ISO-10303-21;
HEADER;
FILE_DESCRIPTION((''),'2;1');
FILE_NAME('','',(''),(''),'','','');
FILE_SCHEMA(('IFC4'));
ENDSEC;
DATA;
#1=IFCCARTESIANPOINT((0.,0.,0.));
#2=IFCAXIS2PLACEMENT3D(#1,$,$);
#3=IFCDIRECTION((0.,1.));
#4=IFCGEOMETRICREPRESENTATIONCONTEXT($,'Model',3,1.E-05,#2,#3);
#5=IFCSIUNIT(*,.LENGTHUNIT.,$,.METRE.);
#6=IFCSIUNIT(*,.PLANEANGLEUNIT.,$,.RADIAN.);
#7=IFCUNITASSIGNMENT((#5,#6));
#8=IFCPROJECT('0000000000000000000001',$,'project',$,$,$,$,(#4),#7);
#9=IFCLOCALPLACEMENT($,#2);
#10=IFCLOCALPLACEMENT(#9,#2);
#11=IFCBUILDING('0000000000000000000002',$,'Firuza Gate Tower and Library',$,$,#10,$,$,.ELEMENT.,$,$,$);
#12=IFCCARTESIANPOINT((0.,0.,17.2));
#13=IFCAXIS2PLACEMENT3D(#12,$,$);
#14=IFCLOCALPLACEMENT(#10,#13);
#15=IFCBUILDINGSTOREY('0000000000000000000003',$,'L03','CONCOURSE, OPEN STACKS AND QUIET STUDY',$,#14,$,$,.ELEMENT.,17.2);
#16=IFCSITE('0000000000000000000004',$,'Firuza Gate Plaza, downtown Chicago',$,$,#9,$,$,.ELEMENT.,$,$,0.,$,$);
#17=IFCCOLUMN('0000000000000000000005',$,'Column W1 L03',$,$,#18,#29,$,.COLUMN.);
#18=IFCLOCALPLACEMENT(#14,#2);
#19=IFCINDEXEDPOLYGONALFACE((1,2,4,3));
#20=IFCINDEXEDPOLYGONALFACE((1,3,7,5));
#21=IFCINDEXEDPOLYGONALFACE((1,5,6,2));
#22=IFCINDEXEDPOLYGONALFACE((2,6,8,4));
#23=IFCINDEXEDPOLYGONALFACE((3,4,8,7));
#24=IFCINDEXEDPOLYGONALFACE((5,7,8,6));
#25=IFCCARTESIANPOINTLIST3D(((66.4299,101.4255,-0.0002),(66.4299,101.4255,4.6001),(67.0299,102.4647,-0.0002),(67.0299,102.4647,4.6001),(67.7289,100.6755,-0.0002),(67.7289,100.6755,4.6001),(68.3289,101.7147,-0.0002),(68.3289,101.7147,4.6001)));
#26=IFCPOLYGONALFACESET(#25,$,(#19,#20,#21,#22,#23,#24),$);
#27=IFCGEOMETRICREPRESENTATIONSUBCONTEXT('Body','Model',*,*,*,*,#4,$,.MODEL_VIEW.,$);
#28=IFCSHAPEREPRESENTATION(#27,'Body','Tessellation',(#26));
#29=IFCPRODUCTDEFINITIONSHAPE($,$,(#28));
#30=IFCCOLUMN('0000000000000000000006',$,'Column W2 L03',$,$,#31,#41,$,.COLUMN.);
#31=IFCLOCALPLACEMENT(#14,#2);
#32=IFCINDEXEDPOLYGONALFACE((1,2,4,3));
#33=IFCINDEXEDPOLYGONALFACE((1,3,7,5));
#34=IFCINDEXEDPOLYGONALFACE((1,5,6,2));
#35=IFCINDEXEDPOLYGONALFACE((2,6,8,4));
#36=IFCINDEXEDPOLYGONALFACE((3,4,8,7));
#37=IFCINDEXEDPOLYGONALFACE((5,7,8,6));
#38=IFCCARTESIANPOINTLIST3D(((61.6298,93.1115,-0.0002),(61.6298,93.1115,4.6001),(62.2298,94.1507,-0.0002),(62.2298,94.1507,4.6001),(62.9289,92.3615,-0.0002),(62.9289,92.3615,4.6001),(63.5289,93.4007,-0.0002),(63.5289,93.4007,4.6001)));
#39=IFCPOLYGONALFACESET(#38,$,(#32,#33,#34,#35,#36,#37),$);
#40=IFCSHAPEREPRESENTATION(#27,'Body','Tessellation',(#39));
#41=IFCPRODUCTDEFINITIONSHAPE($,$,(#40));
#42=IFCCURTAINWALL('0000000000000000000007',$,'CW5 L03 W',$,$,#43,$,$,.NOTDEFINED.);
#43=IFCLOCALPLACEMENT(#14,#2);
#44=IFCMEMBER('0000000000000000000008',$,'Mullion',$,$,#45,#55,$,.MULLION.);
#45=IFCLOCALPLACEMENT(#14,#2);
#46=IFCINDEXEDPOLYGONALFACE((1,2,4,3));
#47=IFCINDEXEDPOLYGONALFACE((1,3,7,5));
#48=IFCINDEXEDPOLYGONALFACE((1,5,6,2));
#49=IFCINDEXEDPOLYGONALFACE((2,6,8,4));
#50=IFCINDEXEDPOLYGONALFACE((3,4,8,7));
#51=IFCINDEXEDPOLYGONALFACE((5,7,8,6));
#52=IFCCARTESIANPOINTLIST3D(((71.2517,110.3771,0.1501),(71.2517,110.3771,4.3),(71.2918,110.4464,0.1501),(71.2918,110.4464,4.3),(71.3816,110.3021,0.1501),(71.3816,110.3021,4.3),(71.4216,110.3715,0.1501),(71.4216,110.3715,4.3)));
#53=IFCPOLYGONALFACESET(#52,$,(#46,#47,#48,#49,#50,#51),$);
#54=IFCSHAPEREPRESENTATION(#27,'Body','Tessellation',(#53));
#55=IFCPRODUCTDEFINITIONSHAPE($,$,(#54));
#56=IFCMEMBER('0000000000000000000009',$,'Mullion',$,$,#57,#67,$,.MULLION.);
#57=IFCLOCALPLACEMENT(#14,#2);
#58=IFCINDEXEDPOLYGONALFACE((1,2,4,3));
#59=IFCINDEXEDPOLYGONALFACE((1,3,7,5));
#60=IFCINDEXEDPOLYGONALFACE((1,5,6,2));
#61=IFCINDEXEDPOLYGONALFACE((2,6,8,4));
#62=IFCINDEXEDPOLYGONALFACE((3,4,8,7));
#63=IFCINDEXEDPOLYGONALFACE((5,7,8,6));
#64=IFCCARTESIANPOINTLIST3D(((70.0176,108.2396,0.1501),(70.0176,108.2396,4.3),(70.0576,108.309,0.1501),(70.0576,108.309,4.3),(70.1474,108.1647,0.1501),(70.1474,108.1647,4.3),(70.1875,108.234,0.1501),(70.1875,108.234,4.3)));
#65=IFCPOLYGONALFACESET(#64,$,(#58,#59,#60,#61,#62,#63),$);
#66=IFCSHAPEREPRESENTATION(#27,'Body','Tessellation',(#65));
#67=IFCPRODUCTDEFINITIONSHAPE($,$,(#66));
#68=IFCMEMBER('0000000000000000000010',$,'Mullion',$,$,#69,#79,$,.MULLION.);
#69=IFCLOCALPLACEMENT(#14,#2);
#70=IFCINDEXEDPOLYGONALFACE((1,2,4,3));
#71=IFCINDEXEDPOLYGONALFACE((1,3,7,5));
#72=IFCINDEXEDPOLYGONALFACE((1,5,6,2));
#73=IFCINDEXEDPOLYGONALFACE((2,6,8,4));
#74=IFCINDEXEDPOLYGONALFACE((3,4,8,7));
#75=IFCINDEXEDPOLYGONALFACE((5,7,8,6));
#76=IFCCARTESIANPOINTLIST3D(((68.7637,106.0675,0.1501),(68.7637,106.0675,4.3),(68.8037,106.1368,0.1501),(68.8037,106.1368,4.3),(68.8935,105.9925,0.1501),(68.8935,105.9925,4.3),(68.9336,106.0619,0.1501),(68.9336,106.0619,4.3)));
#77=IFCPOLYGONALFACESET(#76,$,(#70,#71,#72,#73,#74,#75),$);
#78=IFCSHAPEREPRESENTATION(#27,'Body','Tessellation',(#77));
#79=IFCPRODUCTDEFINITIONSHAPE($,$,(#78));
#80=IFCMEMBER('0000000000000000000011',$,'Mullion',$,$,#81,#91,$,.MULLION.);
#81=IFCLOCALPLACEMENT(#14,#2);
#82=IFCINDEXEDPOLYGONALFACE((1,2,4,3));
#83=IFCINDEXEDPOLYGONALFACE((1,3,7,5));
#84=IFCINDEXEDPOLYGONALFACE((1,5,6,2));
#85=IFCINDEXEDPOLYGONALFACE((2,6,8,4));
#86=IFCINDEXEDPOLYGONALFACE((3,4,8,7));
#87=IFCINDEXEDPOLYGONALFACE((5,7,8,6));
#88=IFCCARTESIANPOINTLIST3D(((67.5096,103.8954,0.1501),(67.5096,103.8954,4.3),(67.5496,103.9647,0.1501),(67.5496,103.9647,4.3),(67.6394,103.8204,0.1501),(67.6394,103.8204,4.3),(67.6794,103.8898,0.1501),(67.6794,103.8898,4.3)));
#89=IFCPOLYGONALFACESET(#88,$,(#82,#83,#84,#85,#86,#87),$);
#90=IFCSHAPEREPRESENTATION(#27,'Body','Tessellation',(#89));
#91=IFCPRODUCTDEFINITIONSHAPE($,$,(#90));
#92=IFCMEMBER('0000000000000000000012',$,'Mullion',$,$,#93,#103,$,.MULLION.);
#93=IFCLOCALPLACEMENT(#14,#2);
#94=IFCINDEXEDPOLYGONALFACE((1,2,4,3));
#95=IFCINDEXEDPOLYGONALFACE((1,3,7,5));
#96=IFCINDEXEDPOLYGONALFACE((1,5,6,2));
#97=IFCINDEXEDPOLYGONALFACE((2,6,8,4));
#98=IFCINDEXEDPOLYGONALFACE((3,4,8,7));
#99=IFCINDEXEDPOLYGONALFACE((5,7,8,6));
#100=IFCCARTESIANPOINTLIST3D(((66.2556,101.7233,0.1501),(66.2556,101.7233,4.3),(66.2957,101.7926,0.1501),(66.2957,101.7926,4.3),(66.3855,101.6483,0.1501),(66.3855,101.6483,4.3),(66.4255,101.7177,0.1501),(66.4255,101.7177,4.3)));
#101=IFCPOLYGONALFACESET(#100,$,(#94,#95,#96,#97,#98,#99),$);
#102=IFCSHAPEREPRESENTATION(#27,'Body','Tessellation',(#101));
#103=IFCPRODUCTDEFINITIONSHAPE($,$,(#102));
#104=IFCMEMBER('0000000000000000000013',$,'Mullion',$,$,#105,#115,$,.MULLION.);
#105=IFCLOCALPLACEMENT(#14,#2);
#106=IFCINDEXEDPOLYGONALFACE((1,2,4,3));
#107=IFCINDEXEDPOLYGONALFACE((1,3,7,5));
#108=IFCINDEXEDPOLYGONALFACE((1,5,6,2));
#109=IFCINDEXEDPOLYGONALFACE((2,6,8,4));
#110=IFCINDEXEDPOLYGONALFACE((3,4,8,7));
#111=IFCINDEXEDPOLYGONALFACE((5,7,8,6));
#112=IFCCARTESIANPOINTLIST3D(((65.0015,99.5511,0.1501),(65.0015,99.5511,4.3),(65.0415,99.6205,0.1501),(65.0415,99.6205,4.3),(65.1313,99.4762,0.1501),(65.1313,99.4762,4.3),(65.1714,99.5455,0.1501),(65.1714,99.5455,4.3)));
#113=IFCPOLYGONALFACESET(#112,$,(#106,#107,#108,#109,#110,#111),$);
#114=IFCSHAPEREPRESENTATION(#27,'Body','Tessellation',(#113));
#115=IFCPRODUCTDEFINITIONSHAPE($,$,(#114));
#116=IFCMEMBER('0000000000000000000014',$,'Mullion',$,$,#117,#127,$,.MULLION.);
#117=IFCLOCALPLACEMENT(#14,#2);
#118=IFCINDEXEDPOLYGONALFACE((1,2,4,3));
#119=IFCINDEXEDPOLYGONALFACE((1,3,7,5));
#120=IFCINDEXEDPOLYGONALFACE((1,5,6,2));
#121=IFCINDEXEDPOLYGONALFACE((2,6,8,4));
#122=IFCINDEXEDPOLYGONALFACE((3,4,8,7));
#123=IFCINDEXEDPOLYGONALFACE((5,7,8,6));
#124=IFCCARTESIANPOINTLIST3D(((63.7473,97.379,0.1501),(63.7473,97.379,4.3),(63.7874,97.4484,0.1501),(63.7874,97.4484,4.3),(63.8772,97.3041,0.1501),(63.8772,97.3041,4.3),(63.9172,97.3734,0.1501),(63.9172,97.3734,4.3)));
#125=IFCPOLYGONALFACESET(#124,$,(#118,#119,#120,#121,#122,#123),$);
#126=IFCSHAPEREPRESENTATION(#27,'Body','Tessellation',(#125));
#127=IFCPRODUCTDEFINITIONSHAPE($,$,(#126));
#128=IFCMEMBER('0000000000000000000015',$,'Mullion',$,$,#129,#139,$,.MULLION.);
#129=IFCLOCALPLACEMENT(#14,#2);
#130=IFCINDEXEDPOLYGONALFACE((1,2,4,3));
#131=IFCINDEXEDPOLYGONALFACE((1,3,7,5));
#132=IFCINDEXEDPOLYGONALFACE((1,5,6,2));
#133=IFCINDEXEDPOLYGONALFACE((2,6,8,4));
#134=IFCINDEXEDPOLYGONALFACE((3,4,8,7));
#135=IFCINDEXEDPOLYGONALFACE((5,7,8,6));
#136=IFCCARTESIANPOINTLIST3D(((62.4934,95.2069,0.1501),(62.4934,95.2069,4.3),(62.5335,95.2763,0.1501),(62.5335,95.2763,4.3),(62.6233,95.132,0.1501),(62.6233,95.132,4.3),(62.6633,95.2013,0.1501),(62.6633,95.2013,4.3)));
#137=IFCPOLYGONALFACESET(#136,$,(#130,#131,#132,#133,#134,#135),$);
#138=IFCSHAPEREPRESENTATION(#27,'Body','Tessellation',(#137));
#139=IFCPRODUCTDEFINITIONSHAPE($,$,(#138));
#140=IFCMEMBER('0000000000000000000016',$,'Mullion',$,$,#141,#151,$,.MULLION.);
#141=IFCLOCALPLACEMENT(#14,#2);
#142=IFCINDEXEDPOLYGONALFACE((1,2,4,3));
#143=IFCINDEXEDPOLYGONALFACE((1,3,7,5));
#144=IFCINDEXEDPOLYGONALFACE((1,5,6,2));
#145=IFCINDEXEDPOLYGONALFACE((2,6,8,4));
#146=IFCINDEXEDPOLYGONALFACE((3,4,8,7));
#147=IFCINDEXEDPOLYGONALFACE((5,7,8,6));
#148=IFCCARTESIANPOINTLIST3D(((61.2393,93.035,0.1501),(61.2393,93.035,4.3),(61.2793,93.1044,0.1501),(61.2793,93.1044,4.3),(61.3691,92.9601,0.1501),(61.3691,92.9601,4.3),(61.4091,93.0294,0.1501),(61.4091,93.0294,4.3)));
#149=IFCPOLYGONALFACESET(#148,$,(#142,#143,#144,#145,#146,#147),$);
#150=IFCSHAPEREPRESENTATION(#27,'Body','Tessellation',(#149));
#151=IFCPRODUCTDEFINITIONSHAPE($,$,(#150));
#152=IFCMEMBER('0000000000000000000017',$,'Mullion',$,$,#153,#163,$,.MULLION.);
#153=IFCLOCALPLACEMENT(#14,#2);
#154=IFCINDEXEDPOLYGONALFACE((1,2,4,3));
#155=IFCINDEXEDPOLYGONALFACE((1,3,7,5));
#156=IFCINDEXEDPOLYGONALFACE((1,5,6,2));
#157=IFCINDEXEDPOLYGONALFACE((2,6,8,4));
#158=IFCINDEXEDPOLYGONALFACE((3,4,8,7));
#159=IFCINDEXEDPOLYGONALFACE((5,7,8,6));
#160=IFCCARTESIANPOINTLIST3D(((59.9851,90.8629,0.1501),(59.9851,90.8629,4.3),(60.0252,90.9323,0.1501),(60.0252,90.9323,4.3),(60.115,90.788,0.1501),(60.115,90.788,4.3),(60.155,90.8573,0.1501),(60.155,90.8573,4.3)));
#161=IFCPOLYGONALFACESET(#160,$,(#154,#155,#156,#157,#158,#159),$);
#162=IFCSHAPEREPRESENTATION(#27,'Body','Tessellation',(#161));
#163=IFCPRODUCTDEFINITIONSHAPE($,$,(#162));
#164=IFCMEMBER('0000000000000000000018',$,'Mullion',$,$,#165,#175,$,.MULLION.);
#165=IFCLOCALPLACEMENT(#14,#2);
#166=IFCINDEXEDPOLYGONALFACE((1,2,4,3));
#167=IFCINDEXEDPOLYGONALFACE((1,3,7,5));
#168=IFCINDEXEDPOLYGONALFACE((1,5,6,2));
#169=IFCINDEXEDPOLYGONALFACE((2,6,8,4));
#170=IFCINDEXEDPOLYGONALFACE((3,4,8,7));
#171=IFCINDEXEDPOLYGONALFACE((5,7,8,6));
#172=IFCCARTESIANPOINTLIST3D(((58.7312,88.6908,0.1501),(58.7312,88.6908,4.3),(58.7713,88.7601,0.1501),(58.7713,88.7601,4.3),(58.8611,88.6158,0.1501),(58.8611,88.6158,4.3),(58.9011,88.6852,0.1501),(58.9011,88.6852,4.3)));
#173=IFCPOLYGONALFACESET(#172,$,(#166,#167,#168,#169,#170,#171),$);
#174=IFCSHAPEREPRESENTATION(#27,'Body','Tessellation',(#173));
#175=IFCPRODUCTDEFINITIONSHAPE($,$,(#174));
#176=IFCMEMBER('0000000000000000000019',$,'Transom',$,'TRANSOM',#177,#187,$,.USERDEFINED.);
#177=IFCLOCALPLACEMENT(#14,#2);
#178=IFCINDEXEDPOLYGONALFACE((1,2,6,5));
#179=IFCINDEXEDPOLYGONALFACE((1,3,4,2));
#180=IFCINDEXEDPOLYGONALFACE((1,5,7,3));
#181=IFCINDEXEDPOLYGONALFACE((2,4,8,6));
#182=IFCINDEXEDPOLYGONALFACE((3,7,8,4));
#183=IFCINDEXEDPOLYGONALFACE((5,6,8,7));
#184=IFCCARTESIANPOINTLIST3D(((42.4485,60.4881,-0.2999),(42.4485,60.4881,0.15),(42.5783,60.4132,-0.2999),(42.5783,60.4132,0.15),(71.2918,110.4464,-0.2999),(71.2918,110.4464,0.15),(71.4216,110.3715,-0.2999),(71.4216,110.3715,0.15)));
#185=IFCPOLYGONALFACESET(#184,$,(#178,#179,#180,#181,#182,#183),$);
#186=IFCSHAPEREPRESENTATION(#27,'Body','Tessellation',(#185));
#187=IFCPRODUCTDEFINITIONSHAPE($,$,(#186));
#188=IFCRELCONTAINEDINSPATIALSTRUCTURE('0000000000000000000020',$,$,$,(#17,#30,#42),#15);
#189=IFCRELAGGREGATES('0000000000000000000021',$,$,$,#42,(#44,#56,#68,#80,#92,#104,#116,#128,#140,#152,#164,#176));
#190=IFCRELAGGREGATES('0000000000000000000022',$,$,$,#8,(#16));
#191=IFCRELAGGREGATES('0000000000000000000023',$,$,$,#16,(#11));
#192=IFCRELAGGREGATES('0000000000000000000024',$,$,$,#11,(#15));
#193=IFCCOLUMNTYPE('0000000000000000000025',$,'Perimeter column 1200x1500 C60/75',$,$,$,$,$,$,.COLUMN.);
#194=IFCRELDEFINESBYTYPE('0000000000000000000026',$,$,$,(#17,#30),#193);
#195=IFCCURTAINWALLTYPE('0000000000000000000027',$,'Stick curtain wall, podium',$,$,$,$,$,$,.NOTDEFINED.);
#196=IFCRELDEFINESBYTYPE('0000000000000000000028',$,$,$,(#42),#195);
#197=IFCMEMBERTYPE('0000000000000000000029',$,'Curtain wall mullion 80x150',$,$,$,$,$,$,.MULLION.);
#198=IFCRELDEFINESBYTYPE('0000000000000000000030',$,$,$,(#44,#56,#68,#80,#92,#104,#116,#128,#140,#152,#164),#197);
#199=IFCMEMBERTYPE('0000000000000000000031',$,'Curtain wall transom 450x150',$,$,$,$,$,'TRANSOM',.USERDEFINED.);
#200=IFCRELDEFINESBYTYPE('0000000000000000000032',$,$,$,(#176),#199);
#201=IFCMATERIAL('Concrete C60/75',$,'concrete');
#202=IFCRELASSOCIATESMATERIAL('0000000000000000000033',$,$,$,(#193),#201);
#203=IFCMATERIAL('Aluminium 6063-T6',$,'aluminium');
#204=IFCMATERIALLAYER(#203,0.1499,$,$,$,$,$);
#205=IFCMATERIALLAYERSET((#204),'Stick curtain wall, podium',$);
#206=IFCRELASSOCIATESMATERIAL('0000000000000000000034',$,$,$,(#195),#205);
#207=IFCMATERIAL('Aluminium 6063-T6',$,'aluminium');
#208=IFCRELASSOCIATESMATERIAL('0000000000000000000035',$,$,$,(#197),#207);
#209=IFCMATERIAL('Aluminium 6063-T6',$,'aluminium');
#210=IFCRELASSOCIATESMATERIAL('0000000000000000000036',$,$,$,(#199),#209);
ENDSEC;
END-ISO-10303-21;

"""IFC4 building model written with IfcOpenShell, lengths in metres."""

from ifc_helpers import new_model, si_unit, direction, frame, origin, origin_2d, place, context, subcontext, project, spatial, rectangle, extrude, material, layer, layer_set, material_profile, profile_set, type_object, element, aggregate, save


model = new_model("IFC4")

# Units and contexts
model_context = context("Model", 3, precision=1e-05, world=origin(), true_north=direction((0.0, 1.0)))
body_context = subcontext(model_context, "Body", "Model", "MODEL_VIEW")
ifc_project = project(units=[si_unit("LENGTHUNIT", "METRE"), si_unit("PLANEANGLEUNIT", "RADIAN")], contexts=[model_context])

# Site, building, storey
site_placement = place(None, origin())
site = spatial("IfcSite", under=ifc_project, at=site_placement, Name="Firuza Gate Plaza, downtown Chicago", CompositionType="ELEMENT", RefElevation=0.0)
building_placement = place(site_placement, origin())
building = spatial("IfcBuilding", under=site, at=building_placement, Name="Firuza Gate Tower and Library", CompositionType="ELEMENT")
storey_placement = place(building_placement, frame((0.0, 0.0, 17.2)))
storey = spatial("IfcBuildingStorey", under=building, at=storey_placement, Name="L03", Description="CONCOURSE, OPEN STACKS AND QUIET STUDY", CompositionType="ELEMENT", Elevation=17.2)

# Columns
ifc_material_1 = material(Name="Concrete C60/75", Category="concrete")
ifc_material_profile_1 = material_profile(ifc_material_1, rectangle(XDim=1.2, YDim=1.5, at=origin_2d()))
ifc_profile_set_1 = profile_set([ifc_material_profile_1], Name="Concrete C60/75")
column_type = type_object("IfcColumnType", Name="Perimeter column 1200x1500 C60/75", PredefinedType="COLUMN", material=ifc_profile_set_1)
for number, where, z_axis, x_axis, name in (
    (1, (67.3794, 101.5701, -0.0002), (0.0, 0.0, 1.0), (-0.5, -0.866025, 0.0), "Column W1 L03"),
    (2, (62.5793, 93.2561, -0.0002), (0.0, 0.0, 1.0), (-0.5, -0.866025, 0.0), "Column W2 L03"),
):
    element("IfcColumn", number, at=place(storey_placement, frame(where, z_axis=z_axis, x_axis=x_axis)), inside=storey, type_object=column_type, Name=name, PredefinedType="COLUMN", context=body_context, shape_type="SweptSolid", body=[
        extrude(rectangle(XDim=1.2, YDim=1.5, at=origin_2d()), origin(), (0.0, 0.0, 1.0), 4.6003),
    ])

# Curtain wall, members
ifc_material_2 = material(Name="Aluminium 6063-T6", Category="aluminium")
ifc_layer_1 = layer(ifc_material_2, 0.1499)
ifc_layer_set_1 = layer_set([ifc_layer_1], Name="Stick curtain wall, podium")
curtain_wall_type = type_object("IfcCurtainWallType", Name="Stick curtain wall, podium", PredefinedType="NOTDEFINED", material=ifc_layer_set_1)
placement = place(storey_placement, origin())
curtain_wall = element("IfcCurtainWall", 3, at=placement, inside=storey, type_object=curtain_wall_type, Name="CW5 L03 W", PredefinedType="NOTDEFINED")
ifc_material_3 = material(Name="Aluminium 6063-T6", Category="aluminium")
ifc_material_profile_2 = material_profile(ifc_material_3, rectangle(XDim=0.1499, YDim=0.0801, at=origin_2d()))
ifc_profile_set_2 = profile_set([ifc_material_profile_2], Name="Aluminium 6063-T6")
member_type_1 = type_object("IfcMemberType", Name="Curtain wall mullion 80x150", PredefinedType="MULLION", material=ifc_profile_set_2)
member_1_placement = place(storey_placement, frame((71.3367, 110.3743, 0.1501), z_axis=(0.0, 0.0, 1.0), x_axis=(0.866025, -0.5, 0.0)))
member_1 = element("IfcMember", 4, at=member_1_placement, type_object=member_type_1, Name="Mullion", PredefinedType="MULLION", context=body_context, shape_type="SweptSolid", body=[
    extrude(rectangle(XDim=0.1499, YDim=0.0801, at=origin_2d()), origin(), (0.0, 0.0, 1.0), 4.1499),
])
member_2_placement = place(storey_placement, frame((70.1025, 108.2368, 0.1501), z_axis=(0.0, 0.0, 1.0), x_axis=(0.866025, -0.5, 0.0)))
member_2 = element("IfcMember", 5, at=member_2_placement, type_object=member_type_1, Name="Mullion", PredefinedType="MULLION", context=body_context, shape_type="SweptSolid", body=[
    extrude(rectangle(XDim=0.1499, YDim=0.0801, at=origin_2d()), origin(), (0.0, 0.0, 1.0), 4.1499),
])
member_3_placement = place(storey_placement, frame((68.8486, 106.0647, 0.1501), z_axis=(0.0, 0.0, 1.0), x_axis=(0.866025, -0.5, 0.0)))
member_3 = element("IfcMember", 6, at=member_3_placement, type_object=member_type_1, Name="Mullion", PredefinedType="MULLION", context=body_context, shape_type="SweptSolid", body=[
    extrude(rectangle(XDim=0.1499, YDim=0.0801, at=origin_2d()), origin(), (0.0, 0.0, 1.0), 4.1499),
])
member_4_placement = place(storey_placement, frame((67.5945, 103.8926, 0.1501), z_axis=(0.0, 0.0, 1.0), x_axis=(0.866025, -0.5, 0.0)))
member_4 = element("IfcMember", 7, at=member_4_placement, type_object=member_type_1, Name="Mullion", PredefinedType="MULLION", context=body_context, shape_type="SweptSolid", body=[
    extrude(rectangle(XDim=0.1499, YDim=0.0801, at=origin_2d()), origin(), (0.0, 0.0, 1.0), 4.1499),
])
member_5_placement = place(storey_placement, frame((66.3406, 101.7205, 0.1501), z_axis=(0.0, 0.0, 1.0), x_axis=(0.866025, -0.5, 0.0)))
member_5 = element("IfcMember", 8, at=member_5_placement, type_object=member_type_1, Name="Mullion", PredefinedType="MULLION", context=body_context, shape_type="SweptSolid", body=[
    extrude(rectangle(XDim=0.1499, YDim=0.0801, at=origin_2d()), origin(), (0.0, 0.0, 1.0), 4.1499),
])
member_6_placement = place(storey_placement, frame((65.0864, 99.5483, 0.1501), z_axis=(0.0, 0.0, 1.0), x_axis=(0.866025, -0.5, 0.0)))
member_6 = element("IfcMember", 9, at=member_6_placement, type_object=member_type_1, Name="Mullion", PredefinedType="MULLION", context=body_context, shape_type="SweptSolid", body=[
    extrude(rectangle(XDim=0.1499, YDim=0.0801, at=origin_2d()), origin(), (0.0, 0.0, 1.0), 4.1499),
])
member_7_placement = place(storey_placement, frame((63.8323, 97.3762, 0.1501), z_axis=(0.0, 0.0, 1.0), x_axis=(0.866025, -0.5, 0.0)))
member_7 = element("IfcMember", 10, at=member_7_placement, type_object=member_type_1, Name="Mullion", PredefinedType="MULLION", context=body_context, shape_type="SweptSolid", body=[
    extrude(rectangle(XDim=0.1499, YDim=0.0801, at=origin_2d()), origin(), (0.0, 0.0, 1.0), 4.1499),
])
member_8_placement = place(storey_placement, frame((62.5784, 95.2041, 0.1501), z_axis=(0.0, 0.0, 1.0), x_axis=(0.866025, -0.5, 0.0)))
member_8 = element("IfcMember", 11, at=member_8_placement, type_object=member_type_1, Name="Mullion", PredefinedType="MULLION", context=body_context, shape_type="SweptSolid", body=[
    extrude(rectangle(XDim=0.1499, YDim=0.0801, at=origin_2d()), origin(), (0.0, 0.0, 1.0), 4.1499),
])
member_9_placement = place(storey_placement, frame((61.3242, 93.0322, 0.1501), z_axis=(0.0, 0.0, 1.0), x_axis=(0.866025, -0.5, 0.0)))
member_9 = element("IfcMember", 12, at=member_9_placement, type_object=member_type_1, Name="Mullion", PredefinedType="MULLION", context=body_context, shape_type="SweptSolid", body=[
    extrude(rectangle(XDim=0.1499, YDim=0.0801, at=origin_2d()), origin(), (0.0, 0.0, 1.0), 4.1499),
])
member_10_placement = place(storey_placement, frame((60.0701, 90.8601, 0.1501), z_axis=(0.0, 0.0, 1.0), x_axis=(0.866025, -0.5, 0.0)))
member_10 = element("IfcMember", 13, at=member_10_placement, type_object=member_type_1, Name="Mullion", PredefinedType="MULLION", context=body_context, shape_type="SweptSolid", body=[
    extrude(rectangle(XDim=0.1499, YDim=0.0801, at=origin_2d()), origin(), (0.0, 0.0, 1.0), 4.1499),
])
member_11_placement = place(storey_placement, frame((58.8162, 88.688, 0.1501), z_axis=(0.0, 0.0, 1.0), x_axis=(0.866025, -0.5, 0.0)))
member_11 = element("IfcMember", 14, at=member_11_placement, type_object=member_type_1, Name="Mullion", PredefinedType="MULLION", context=body_context, shape_type="SweptSolid", body=[
    extrude(rectangle(XDim=0.1499, YDim=0.0801, at=origin_2d()), origin(), (0.0, 0.0, 1.0), 4.1499),
])
ifc_material_4 = material(Name="Aluminium 6063-T6", Category="aluminium")
ifc_material_profile_3 = material_profile(ifc_material_4, rectangle(XDim=0.1499, YDim=0.45, at=origin_2d()))
ifc_profile_set_3 = profile_set([ifc_material_profile_3], Name="Aluminium 6063-T6")
member_type_2 = type_object("IfcMemberType", Name="Curtain wall transom 450x150", ElementType="TRANSOM", PredefinedType="USERDEFINED", material=ifc_profile_set_3)
member_12_placement = place(storey_placement, frame((71.3567, 110.4089, -0.075), z_axis=(-0.499998, -0.866027, 0.0), x_axis=(0.866027, -0.499998, 0.0)))
member_12 = element("IfcMember", 15, at=member_12_placement, type_object=member_type_2, Name="Transom", ObjectType="TRANSOM", PredefinedType="USERDEFINED", context=body_context, shape_type="SweptSolid", body=[
    extrude(rectangle(XDim=0.1499, YDim=0.45, at=origin_2d()), origin(), (0.0, 0.0, 1.0), 57.6868),
])

aggregate(curtain_wall, [member_1, member_2, member_3, member_4, member_5, member_6, member_7, member_8, member_9, member_10, member_11, member_12])

save(model, "model.ifc")
